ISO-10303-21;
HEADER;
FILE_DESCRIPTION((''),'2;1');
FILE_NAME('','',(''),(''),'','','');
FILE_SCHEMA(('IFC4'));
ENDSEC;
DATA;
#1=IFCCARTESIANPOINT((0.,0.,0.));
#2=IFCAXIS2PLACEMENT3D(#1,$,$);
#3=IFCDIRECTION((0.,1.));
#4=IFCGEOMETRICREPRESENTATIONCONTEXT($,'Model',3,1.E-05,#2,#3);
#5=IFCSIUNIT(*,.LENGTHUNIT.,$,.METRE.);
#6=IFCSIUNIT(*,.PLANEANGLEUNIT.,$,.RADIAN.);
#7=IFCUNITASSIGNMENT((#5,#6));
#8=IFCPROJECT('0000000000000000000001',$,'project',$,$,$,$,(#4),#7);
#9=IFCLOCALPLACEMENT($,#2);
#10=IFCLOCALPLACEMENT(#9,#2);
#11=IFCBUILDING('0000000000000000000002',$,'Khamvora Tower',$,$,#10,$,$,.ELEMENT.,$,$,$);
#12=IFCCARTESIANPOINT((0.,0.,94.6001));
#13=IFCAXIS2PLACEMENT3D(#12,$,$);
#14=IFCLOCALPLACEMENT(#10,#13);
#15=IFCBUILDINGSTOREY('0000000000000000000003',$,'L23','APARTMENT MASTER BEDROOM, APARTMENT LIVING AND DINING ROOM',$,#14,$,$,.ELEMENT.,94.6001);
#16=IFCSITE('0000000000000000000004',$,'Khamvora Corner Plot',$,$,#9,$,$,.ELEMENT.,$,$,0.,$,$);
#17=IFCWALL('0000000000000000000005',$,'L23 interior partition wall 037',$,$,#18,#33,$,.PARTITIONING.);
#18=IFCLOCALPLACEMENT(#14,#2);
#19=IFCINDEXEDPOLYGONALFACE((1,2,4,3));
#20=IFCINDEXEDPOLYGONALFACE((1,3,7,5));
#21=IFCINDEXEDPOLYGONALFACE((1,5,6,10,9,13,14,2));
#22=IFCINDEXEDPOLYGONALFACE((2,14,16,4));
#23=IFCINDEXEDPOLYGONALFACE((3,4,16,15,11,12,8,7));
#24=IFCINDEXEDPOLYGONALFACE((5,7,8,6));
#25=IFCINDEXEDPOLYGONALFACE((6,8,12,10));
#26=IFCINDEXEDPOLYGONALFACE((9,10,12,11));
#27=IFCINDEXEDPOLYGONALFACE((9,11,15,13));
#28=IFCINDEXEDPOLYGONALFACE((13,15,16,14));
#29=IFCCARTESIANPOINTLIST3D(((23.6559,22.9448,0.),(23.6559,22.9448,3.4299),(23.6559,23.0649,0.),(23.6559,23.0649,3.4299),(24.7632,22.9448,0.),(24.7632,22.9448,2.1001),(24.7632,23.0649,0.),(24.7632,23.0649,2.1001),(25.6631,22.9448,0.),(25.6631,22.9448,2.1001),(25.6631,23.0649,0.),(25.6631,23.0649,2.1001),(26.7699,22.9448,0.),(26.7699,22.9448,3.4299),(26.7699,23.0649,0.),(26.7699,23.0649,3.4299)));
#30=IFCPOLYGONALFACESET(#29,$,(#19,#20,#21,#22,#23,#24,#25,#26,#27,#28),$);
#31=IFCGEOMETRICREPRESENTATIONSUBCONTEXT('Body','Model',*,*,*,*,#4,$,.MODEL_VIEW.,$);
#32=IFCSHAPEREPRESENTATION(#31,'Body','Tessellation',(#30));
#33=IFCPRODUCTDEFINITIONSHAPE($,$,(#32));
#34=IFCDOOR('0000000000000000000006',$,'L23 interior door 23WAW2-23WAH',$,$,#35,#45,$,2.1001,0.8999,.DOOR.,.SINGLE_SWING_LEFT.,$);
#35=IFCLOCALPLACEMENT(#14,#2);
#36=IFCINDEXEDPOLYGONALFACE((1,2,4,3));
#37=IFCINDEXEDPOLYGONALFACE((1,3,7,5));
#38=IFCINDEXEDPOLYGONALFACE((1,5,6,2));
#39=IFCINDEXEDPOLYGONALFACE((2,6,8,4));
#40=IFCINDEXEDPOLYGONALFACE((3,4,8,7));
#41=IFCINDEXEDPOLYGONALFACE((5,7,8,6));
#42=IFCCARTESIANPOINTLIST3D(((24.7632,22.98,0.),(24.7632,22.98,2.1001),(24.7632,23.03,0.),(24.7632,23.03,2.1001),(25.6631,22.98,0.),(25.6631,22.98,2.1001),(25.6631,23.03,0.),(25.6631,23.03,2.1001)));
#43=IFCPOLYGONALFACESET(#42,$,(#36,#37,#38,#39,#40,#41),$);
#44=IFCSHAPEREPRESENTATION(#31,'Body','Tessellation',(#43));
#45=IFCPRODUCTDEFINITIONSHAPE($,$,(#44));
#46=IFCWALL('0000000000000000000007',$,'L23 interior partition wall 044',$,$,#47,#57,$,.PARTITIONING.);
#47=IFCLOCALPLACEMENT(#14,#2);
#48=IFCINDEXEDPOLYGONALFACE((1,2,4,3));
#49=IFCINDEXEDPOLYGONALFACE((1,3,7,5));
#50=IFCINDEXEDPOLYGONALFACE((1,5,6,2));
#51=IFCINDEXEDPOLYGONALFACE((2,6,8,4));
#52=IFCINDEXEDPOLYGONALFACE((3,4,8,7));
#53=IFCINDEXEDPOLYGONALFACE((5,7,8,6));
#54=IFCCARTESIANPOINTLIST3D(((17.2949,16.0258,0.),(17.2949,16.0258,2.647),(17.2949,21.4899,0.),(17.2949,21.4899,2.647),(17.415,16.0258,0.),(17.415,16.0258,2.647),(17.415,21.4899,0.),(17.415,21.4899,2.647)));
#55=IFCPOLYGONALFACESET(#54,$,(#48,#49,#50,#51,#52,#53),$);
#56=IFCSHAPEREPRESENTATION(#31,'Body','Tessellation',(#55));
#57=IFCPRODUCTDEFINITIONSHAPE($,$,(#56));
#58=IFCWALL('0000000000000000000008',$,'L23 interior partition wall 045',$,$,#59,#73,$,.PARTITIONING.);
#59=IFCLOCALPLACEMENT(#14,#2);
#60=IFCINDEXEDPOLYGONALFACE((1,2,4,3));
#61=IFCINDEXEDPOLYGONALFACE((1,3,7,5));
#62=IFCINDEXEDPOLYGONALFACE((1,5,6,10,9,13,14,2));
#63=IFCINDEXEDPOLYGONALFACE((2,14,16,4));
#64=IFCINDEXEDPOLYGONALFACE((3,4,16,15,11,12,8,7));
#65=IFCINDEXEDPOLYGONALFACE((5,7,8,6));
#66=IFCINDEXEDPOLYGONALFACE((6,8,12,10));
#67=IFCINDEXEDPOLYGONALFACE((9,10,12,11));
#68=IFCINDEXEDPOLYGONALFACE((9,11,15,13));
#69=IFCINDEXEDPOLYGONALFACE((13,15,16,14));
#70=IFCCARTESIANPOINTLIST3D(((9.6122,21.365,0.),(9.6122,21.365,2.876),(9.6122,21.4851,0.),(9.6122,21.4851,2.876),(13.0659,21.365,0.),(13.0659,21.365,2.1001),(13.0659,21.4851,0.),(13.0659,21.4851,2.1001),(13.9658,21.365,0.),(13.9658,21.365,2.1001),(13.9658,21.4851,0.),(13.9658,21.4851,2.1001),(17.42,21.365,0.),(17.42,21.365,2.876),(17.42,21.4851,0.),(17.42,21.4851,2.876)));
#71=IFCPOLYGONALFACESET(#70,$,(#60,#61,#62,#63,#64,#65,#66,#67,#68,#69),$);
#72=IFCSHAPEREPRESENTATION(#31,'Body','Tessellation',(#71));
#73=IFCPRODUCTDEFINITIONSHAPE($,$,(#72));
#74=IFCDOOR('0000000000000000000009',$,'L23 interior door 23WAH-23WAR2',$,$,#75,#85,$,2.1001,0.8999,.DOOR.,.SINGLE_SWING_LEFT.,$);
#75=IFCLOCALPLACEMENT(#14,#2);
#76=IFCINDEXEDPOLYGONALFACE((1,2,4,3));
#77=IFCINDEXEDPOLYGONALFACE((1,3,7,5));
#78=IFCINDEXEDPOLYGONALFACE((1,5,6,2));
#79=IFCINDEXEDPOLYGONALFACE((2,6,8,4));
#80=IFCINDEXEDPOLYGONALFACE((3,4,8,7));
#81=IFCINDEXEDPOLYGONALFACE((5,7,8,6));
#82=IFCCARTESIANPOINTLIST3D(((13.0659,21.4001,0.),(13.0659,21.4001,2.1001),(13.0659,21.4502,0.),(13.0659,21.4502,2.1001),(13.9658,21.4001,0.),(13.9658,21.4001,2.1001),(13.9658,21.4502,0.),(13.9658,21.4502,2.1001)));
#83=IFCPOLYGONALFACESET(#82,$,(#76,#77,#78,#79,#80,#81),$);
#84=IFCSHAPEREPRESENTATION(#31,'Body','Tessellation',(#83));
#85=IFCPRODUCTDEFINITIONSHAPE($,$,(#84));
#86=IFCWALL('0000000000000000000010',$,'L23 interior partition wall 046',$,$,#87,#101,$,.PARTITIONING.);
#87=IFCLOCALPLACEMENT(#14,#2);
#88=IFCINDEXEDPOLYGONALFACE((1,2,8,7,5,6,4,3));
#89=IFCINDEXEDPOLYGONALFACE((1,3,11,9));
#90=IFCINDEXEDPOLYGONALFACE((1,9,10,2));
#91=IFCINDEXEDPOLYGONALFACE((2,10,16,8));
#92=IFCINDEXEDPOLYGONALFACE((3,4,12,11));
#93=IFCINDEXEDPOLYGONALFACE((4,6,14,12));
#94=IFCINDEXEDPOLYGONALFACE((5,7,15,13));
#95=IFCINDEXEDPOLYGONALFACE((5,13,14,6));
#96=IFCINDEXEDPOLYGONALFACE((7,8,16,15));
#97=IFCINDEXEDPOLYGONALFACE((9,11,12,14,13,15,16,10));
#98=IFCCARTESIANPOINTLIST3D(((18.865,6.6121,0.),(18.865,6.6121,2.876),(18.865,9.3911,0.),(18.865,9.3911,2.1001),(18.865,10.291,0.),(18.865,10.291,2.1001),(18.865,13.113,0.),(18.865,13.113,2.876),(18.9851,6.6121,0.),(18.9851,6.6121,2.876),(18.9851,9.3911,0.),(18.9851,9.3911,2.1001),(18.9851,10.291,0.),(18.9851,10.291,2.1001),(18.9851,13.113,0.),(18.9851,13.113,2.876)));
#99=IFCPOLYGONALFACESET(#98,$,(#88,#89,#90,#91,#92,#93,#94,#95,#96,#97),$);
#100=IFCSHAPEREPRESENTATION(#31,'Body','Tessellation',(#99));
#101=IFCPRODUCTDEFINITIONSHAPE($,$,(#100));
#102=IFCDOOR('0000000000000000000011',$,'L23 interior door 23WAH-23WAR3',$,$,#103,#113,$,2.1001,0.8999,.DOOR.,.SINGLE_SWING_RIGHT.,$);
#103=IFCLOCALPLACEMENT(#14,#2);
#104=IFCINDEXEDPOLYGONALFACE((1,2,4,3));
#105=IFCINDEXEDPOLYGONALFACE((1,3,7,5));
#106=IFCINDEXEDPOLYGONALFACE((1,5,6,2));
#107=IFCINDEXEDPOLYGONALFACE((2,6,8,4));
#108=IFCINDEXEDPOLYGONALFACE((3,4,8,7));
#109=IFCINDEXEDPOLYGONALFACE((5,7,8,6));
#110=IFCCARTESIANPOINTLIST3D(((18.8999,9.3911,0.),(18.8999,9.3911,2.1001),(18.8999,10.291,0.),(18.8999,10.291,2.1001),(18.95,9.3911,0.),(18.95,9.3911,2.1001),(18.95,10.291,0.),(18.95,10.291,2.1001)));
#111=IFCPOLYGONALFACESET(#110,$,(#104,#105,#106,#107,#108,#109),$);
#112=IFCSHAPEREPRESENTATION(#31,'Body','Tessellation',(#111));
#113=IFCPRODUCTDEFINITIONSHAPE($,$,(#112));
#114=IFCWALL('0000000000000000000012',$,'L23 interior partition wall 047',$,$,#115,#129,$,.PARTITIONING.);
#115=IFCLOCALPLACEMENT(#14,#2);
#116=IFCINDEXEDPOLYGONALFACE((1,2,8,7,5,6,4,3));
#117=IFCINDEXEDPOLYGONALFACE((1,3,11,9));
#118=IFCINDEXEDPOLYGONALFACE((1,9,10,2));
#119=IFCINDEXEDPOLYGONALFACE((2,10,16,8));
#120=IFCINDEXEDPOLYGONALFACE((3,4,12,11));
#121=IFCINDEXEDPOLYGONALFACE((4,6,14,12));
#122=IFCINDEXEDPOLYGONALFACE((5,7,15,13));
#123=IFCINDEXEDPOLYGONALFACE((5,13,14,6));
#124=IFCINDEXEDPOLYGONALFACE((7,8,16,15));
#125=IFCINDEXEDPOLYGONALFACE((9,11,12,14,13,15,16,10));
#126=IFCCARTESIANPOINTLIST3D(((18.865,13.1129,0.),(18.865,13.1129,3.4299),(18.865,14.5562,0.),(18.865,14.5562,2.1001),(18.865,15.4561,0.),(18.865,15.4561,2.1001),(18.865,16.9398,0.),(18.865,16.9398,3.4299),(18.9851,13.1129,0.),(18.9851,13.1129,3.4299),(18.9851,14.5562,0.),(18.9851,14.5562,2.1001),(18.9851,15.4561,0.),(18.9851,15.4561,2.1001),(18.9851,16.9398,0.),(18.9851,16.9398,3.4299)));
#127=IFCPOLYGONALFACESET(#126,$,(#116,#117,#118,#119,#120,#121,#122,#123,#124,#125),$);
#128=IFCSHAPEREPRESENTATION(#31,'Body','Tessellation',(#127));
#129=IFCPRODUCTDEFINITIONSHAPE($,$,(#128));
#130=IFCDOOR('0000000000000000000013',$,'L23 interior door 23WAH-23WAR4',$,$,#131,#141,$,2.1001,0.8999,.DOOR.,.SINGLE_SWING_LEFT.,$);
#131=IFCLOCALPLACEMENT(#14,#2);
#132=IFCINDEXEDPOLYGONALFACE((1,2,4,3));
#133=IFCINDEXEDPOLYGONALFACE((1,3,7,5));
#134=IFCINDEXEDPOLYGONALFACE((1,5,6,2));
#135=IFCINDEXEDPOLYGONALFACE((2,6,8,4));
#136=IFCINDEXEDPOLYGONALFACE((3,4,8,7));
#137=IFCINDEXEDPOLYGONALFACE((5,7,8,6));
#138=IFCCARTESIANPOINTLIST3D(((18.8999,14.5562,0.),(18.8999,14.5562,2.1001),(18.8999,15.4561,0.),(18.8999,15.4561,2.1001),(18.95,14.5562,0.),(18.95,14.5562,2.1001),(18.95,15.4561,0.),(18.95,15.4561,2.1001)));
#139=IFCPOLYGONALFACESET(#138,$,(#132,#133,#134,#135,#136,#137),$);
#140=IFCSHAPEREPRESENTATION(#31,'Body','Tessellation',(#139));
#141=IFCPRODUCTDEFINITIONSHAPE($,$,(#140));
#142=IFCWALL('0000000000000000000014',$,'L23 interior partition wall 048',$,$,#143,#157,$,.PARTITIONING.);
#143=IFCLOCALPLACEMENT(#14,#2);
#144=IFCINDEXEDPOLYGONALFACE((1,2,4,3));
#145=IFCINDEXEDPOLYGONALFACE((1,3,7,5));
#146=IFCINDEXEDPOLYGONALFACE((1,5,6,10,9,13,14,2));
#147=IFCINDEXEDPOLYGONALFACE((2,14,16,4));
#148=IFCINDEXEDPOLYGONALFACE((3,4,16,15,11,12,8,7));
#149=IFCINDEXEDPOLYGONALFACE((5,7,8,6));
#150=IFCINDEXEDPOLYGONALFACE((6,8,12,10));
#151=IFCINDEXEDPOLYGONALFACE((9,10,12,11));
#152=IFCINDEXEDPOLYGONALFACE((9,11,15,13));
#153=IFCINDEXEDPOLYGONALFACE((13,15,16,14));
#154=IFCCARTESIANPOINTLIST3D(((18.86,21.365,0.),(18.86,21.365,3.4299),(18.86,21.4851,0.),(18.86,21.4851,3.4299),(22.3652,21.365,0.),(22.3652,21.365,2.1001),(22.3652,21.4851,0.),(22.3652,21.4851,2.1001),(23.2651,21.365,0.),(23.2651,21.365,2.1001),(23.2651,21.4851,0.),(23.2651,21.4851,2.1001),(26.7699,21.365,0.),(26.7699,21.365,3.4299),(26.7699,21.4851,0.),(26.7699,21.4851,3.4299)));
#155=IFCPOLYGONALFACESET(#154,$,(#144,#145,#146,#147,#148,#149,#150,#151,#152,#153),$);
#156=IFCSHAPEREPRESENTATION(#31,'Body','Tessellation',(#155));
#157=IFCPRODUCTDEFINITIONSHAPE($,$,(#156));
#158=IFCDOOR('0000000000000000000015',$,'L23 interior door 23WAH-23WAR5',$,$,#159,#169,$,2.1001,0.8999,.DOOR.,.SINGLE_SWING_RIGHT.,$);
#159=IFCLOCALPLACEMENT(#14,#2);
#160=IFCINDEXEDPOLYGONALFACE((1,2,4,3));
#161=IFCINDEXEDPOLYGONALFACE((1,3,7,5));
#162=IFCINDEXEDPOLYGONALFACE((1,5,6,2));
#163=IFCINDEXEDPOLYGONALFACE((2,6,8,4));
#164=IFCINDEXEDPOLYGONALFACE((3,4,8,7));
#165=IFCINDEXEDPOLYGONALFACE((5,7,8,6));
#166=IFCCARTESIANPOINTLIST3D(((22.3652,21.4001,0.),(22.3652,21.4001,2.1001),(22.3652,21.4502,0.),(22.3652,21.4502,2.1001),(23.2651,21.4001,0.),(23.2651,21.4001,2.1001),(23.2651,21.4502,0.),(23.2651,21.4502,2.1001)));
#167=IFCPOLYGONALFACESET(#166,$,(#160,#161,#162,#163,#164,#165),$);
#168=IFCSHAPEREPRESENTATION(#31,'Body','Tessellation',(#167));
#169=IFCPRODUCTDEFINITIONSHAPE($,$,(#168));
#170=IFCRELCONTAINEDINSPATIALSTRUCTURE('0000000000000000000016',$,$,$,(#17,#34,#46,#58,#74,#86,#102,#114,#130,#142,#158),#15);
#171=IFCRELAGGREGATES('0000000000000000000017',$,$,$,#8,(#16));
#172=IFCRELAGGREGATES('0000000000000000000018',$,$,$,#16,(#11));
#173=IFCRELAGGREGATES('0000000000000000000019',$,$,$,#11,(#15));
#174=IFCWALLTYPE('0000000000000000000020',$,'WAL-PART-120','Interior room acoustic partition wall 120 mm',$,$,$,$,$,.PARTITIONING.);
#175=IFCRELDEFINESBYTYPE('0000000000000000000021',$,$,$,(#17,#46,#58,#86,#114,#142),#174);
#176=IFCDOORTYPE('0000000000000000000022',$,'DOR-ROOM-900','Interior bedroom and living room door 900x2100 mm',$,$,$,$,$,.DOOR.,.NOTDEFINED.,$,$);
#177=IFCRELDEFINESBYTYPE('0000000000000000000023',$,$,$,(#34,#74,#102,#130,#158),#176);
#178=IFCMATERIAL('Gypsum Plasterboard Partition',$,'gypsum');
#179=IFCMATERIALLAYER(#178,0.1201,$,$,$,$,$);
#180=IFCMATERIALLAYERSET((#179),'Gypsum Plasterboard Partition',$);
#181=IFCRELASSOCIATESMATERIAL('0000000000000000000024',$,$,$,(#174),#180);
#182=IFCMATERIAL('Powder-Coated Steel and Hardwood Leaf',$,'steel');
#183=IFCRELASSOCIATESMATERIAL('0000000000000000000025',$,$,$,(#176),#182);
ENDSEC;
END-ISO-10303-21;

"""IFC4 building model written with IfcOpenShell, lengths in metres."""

from ifc_helpers import new_model, si_unit, direction, frame, frame_2d, origin, place, context, subcontext, project, spatial, rectangle, extrude, material, layer, layer_set, type_object, element, fill, save


model = new_model("IFC4")

# Units and contexts
model_context = context("Model", 3, precision=1e-05, world=origin(), true_north=direction((0.0, 1.0)))
body_context = subcontext(model_context, "Body", "Model", "MODEL_VIEW")
ifc_project = project(units=[si_unit("LENGTHUNIT", "METRE"), si_unit("PLANEANGLEUNIT", "RADIAN")], contexts=[model_context])

# Site, building, storey
site_placement = place(None, origin())
site = spatial("IfcSite", under=ifc_project, at=site_placement, Name="Khamvora Corner Plot", CompositionType="ELEMENT", RefElevation=0.0)
building_placement = place(site_placement, origin())
building = spatial("IfcBuilding", under=site, at=building_placement, Name="Khamvora Tower", CompositionType="ELEMENT")
storey_placement = place(building_placement, frame((0.0, 0.0, 94.6001)))
storey = spatial("IfcBuildingStorey", under=building, at=storey_placement, Name="L23", Description="APARTMENT MASTER BEDROOM, APARTMENT LIVING AND DINING ROOM", CompositionType="ELEMENT", Elevation=94.6001)

# Shared definitions
ifc_material_1 = material(Name="Powder-Coated Steel and Hardwood Leaf", Category="steel")

# Wall, opening, door
ifc_material_2 = material(Name="Gypsum Plasterboard Partition", Category="gypsum")
ifc_layer_1 = layer(ifc_material_2, 0.1201)
ifc_layer_set_1 = layer_set([ifc_layer_1], Name="Gypsum Plasterboard Partition")
wall_type_1 = type_object("IfcWallType", Name="WAL-PART-120", Description="Interior room acoustic partition wall 120 mm", PredefinedType="PARTITIONING", material=ifc_layer_set_1)
wall_1_placement = place(storey_placement, frame((26.77, 23.0049, 0.0), z_axis=(0.0, 0.0, 1.0), x_axis=(-1.0, 0.0, 0.0)))
wall_1 = element("IfcWall", 1, at=wall_1_placement, inside=storey, type_object=wall_type_1, Name="L23 interior partition wall 037", PredefinedType="PARTITIONING", context=body_context, shape_type="SweptSolid", body=[
    extrude(rectangle(XDim=3.114, YDim=0.1201, at=frame_2d((1.5571, 0.0))), origin(), (0.0, 0.0, 1.0), 3.4299),
])
opening_1_placement = place(wall_1_placement, frame((1.1069, 0.0, 0.0)))
opening_1 = element("IfcOpeningElement", 2, at=opening_1_placement, cuts=wall_1, PredefinedType="OPENING", context=body_context, shape_type="SweptSolid", body=[
    extrude(rectangle(XDim=0.8999, YDim=2.1001, at=frame_2d((0.45, 1.05))), frame((0.0, 0.0701, 0.0), z_axis=(0.0, -1.0, 0.0), x_axis=(1.0, 0.0, 0.0)), (0.0, 0.0, 1.0), 0.1401),
])
door_type_1 = type_object("IfcDoorType", Name="DOR-ROOM-900", Description="Interior bedroom and living room door 900x2100 mm", OperationType="NOTDEFINED", PredefinedType="DOOR", material=ifc_material_1)
door_1_placement = place(opening_1_placement, origin())
door_1 = element("IfcDoor", 3, at=door_1_placement, inside=storey, type_object=door_type_1, Name="L23 interior door 23WAW2-23WAH", OperationType="SINGLE_SWING_LEFT", OverallHeight=2.1001, OverallWidth=0.8999, PredefinedType="DOOR", context=body_context, shape_type="SweptSolid", body=[
    extrude(rectangle(XDim=0.8999, YDim=2.1001, at=frame_2d((0.45, 1.05))), frame((0.0, 0.0249, 0.0), z_axis=(0.0, -1.0, 0.0), x_axis=(1.0, 0.0, 0.0)), (0.0, 0.0, 1.0), 0.05),
])
fill(opening_1, door_1)

# Wall
wall_2_placement = place(storey_placement, frame((17.355, 16.0259, 0.0), z_axis=(0.0, 0.0, 1.0), x_axis=(0.0, 1.0, 0.0)))
element("IfcWall", 4, at=wall_2_placement, inside=storey, type_object=wall_type_1, Name="L23 interior partition wall 044", PredefinedType="PARTITIONING", context=body_context, shape_type="SweptSolid", body=[
    extrude(rectangle(XDim=5.4641, YDim=0.1201, at=frame_2d((2.7319, 0.0))), origin(), (0.0, 0.0, 1.0), 2.647),
])

# Walls, openings, doors
wall_3_placement = place(storey_placement, frame((17.4199, 21.425, 0.0), z_axis=(0.0, 0.0, 1.0), x_axis=(-1.0, 0.0, 0.0)))
wall_3 = element("IfcWall", 5, at=wall_3_placement, inside=storey, type_object=wall_type_1, Name="L23 interior partition wall 045", PredefinedType="PARTITIONING", context=body_context, shape_type="SweptSolid", body=[
    extrude(rectangle(XDim=7.8079, YDim=0.1201, at=frame_2d((3.9038, 0.0))), origin(), (0.0, 0.0, 1.0), 2.876),
])
opening_2_placement = place(wall_3_placement, frame((3.4541, 0.0, 0.0)))
opening_2 = element("IfcOpeningElement", 6, at=opening_2_placement, cuts=wall_3, PredefinedType="OPENING", context=body_context, shape_type="SweptSolid", body=[
    extrude(rectangle(XDim=0.8999, YDim=2.1001, at=frame_2d((0.45, 1.05))), frame((0.0, 0.0701, 0.0), z_axis=(0.0, -1.0, 0.0), x_axis=(1.0, 0.0, 0.0)), (0.0, 0.0, 1.0), 0.1401),
])
door_2_placement = place(opening_2_placement, origin())
door_2 = element("IfcDoor", 7, at=door_2_placement, inside=storey, type_object=door_type_1, Name="L23 interior door 23WAH-23WAR2", OperationType="SINGLE_SWING_LEFT", OverallHeight=2.1001, OverallWidth=0.8999, PredefinedType="DOOR", context=body_context, shape_type="SweptSolid", body=[
    extrude(rectangle(XDim=0.8999, YDim=2.1001, at=frame_2d((0.45, 1.05))), frame((0.0, 0.0249, 0.0), z_axis=(0.0, -1.0, 0.0), x_axis=(1.0, 0.0, 0.0)), (0.0, 0.0, 1.0), 0.05),
])
fill(opening_2, door_2)
wall_4_placement = place(storey_placement, frame((18.925, 13.113, 0.0), z_axis=(0.0, 0.0, 1.0), x_axis=(0.0, -1.0, 0.0)))
wall_4 = element("IfcWall", 8, at=wall_4_placement, inside=storey, type_object=wall_type_1, Name="L23 interior partition wall 046", PredefinedType="PARTITIONING", context=body_context, shape_type="SweptSolid", body=[
    extrude(rectangle(XDim=6.501, YDim=0.1201, at=frame_2d((3.2505, 0.0))), origin(), (0.0, 0.0, 1.0), 2.876),
])
opening_3_placement = place(wall_4_placement, frame((2.822, 0.0, 0.0)))
opening_3 = element("IfcOpeningElement", 9, at=opening_3_placement, cuts=wall_4, PredefinedType="OPENING", context=body_context, shape_type="SweptSolid", body=[
    extrude(rectangle(XDim=0.8999, YDim=2.1001, at=frame_2d((0.45, 1.05))), frame((0.0, 0.0701, 0.0), z_axis=(0.0, -1.0, 0.0), x_axis=(1.0, 0.0, 0.0)), (0.0, 0.0, 1.0), 0.1401),
])
door_3_placement = place(opening_3_placement, origin())
door_3 = element("IfcDoor", 10, at=door_3_placement, inside=storey, type_object=door_type_1, Name="L23 interior door 23WAH-23WAR3", OperationType="SINGLE_SWING_RIGHT", OverallHeight=2.1001, OverallWidth=0.8999, PredefinedType="DOOR", context=body_context, shape_type="SweptSolid", body=[
    extrude(rectangle(XDim=0.8999, YDim=2.1001, at=frame_2d((0.45, 1.05))), frame((0.0, 0.0249, 0.0), z_axis=(0.0, -1.0, 0.0), x_axis=(1.0, 0.0, 0.0)), (0.0, 0.0, 1.0), 0.05),
])
fill(opening_3, door_3)
wall_5_placement = place(storey_placement, frame((18.925, 16.9399, 0.0), z_axis=(0.0, 0.0, 1.0), x_axis=(0.0, -1.0, 0.0)))
wall_5 = element("IfcWall", 11, at=wall_5_placement, inside=storey, type_object=wall_type_1, Name="L23 interior partition wall 047", PredefinedType="PARTITIONING", context=body_context, shape_type="SweptSolid", body=[
    extrude(rectangle(XDim=3.8269, YDim=0.1201, at=frame_2d((1.9136, 0.0))), origin(), (0.0, 0.0, 1.0), 3.4299),
])
opening_4_placement = place(wall_5_placement, frame((1.4839, 0.0, 0.0)))
opening_4 = element("IfcOpeningElement", 12, at=opening_4_placement, cuts=wall_5, PredefinedType="OPENING", context=body_context, shape_type="SweptSolid", body=[
    extrude(rectangle(XDim=0.8999, YDim=2.1001, at=frame_2d((0.45, 1.05))), frame((0.0, 0.0701, 0.0), z_axis=(0.0, -1.0, 0.0), x_axis=(1.0, 0.0, 0.0)), (0.0, 0.0, 1.0), 0.1401),
])
door_4_placement = place(opening_4_placement, origin())
door_4 = element("IfcDoor", 13, at=door_4_placement, inside=storey, type_object=door_type_1, Name="L23 interior door 23WAH-23WAR4", OperationType="SINGLE_SWING_LEFT", OverallHeight=2.1001, OverallWidth=0.8999, PredefinedType="DOOR", context=body_context, shape_type="SweptSolid", body=[
    extrude(rectangle(XDim=0.8999, YDim=2.1001, at=frame_2d((0.45, 1.05))), frame((0.0, 0.0249, 0.0), z_axis=(0.0, -1.0, 0.0), x_axis=(1.0, 0.0, 0.0)), (0.0, 0.0, 1.0), 0.05),
])
fill(opening_4, door_4)
wall_6_placement = place(storey_placement, frame((26.77, 21.425, 0.0), z_axis=(0.0, 0.0, 1.0), x_axis=(-1.0, 0.0, 0.0)))
wall_6 = element("IfcWall", 14, at=wall_6_placement, inside=storey, type_object=wall_type_1, Name="L23 interior partition wall 048", PredefinedType="PARTITIONING", context=body_context, shape_type="SweptSolid", body=[
    extrude(rectangle(XDim=7.9099, YDim=0.1201, at=frame_2d((3.9551, 0.0))), origin(), (0.0, 0.0, 1.0), 3.4299),
])
opening_5_placement = place(wall_6_placement, frame((3.5049, 0.0, 0.0)))
opening_5 = element("IfcOpeningElement", 15, at=opening_5_placement, cuts=wall_6, PredefinedType="OPENING", context=body_context, shape_type="SweptSolid", body=[
    extrude(rectangle(XDim=0.8999, YDim=2.1001, at=frame_2d((0.45, 1.05))), frame((0.0, 0.0701, 0.0), z_axis=(0.0, -1.0, 0.0), x_axis=(1.0, 0.0, 0.0)), (0.0, 0.0, 1.0), 0.1401),
])
door_5_placement = place(opening_5_placement, origin())
door_5 = element("IfcDoor", 16, at=door_5_placement, inside=storey, type_object=door_type_1, Name="L23 interior door 23WAH-23WAR5", OperationType="SINGLE_SWING_RIGHT", OverallHeight=2.1001, OverallWidth=0.8999, PredefinedType="DOOR", context=body_context, shape_type="SweptSolid", body=[
    extrude(rectangle(XDim=0.8999, YDim=2.1001, at=frame_2d((0.45, 1.05))), frame((0.0, 0.0249, 0.0), z_axis=(0.0, -1.0, 0.0), x_axis=(1.0, 0.0, 0.0)), (0.0, 0.0, 1.0), 0.05),
])
fill(opening_5, door_5)

save(model, "model.ifc")
